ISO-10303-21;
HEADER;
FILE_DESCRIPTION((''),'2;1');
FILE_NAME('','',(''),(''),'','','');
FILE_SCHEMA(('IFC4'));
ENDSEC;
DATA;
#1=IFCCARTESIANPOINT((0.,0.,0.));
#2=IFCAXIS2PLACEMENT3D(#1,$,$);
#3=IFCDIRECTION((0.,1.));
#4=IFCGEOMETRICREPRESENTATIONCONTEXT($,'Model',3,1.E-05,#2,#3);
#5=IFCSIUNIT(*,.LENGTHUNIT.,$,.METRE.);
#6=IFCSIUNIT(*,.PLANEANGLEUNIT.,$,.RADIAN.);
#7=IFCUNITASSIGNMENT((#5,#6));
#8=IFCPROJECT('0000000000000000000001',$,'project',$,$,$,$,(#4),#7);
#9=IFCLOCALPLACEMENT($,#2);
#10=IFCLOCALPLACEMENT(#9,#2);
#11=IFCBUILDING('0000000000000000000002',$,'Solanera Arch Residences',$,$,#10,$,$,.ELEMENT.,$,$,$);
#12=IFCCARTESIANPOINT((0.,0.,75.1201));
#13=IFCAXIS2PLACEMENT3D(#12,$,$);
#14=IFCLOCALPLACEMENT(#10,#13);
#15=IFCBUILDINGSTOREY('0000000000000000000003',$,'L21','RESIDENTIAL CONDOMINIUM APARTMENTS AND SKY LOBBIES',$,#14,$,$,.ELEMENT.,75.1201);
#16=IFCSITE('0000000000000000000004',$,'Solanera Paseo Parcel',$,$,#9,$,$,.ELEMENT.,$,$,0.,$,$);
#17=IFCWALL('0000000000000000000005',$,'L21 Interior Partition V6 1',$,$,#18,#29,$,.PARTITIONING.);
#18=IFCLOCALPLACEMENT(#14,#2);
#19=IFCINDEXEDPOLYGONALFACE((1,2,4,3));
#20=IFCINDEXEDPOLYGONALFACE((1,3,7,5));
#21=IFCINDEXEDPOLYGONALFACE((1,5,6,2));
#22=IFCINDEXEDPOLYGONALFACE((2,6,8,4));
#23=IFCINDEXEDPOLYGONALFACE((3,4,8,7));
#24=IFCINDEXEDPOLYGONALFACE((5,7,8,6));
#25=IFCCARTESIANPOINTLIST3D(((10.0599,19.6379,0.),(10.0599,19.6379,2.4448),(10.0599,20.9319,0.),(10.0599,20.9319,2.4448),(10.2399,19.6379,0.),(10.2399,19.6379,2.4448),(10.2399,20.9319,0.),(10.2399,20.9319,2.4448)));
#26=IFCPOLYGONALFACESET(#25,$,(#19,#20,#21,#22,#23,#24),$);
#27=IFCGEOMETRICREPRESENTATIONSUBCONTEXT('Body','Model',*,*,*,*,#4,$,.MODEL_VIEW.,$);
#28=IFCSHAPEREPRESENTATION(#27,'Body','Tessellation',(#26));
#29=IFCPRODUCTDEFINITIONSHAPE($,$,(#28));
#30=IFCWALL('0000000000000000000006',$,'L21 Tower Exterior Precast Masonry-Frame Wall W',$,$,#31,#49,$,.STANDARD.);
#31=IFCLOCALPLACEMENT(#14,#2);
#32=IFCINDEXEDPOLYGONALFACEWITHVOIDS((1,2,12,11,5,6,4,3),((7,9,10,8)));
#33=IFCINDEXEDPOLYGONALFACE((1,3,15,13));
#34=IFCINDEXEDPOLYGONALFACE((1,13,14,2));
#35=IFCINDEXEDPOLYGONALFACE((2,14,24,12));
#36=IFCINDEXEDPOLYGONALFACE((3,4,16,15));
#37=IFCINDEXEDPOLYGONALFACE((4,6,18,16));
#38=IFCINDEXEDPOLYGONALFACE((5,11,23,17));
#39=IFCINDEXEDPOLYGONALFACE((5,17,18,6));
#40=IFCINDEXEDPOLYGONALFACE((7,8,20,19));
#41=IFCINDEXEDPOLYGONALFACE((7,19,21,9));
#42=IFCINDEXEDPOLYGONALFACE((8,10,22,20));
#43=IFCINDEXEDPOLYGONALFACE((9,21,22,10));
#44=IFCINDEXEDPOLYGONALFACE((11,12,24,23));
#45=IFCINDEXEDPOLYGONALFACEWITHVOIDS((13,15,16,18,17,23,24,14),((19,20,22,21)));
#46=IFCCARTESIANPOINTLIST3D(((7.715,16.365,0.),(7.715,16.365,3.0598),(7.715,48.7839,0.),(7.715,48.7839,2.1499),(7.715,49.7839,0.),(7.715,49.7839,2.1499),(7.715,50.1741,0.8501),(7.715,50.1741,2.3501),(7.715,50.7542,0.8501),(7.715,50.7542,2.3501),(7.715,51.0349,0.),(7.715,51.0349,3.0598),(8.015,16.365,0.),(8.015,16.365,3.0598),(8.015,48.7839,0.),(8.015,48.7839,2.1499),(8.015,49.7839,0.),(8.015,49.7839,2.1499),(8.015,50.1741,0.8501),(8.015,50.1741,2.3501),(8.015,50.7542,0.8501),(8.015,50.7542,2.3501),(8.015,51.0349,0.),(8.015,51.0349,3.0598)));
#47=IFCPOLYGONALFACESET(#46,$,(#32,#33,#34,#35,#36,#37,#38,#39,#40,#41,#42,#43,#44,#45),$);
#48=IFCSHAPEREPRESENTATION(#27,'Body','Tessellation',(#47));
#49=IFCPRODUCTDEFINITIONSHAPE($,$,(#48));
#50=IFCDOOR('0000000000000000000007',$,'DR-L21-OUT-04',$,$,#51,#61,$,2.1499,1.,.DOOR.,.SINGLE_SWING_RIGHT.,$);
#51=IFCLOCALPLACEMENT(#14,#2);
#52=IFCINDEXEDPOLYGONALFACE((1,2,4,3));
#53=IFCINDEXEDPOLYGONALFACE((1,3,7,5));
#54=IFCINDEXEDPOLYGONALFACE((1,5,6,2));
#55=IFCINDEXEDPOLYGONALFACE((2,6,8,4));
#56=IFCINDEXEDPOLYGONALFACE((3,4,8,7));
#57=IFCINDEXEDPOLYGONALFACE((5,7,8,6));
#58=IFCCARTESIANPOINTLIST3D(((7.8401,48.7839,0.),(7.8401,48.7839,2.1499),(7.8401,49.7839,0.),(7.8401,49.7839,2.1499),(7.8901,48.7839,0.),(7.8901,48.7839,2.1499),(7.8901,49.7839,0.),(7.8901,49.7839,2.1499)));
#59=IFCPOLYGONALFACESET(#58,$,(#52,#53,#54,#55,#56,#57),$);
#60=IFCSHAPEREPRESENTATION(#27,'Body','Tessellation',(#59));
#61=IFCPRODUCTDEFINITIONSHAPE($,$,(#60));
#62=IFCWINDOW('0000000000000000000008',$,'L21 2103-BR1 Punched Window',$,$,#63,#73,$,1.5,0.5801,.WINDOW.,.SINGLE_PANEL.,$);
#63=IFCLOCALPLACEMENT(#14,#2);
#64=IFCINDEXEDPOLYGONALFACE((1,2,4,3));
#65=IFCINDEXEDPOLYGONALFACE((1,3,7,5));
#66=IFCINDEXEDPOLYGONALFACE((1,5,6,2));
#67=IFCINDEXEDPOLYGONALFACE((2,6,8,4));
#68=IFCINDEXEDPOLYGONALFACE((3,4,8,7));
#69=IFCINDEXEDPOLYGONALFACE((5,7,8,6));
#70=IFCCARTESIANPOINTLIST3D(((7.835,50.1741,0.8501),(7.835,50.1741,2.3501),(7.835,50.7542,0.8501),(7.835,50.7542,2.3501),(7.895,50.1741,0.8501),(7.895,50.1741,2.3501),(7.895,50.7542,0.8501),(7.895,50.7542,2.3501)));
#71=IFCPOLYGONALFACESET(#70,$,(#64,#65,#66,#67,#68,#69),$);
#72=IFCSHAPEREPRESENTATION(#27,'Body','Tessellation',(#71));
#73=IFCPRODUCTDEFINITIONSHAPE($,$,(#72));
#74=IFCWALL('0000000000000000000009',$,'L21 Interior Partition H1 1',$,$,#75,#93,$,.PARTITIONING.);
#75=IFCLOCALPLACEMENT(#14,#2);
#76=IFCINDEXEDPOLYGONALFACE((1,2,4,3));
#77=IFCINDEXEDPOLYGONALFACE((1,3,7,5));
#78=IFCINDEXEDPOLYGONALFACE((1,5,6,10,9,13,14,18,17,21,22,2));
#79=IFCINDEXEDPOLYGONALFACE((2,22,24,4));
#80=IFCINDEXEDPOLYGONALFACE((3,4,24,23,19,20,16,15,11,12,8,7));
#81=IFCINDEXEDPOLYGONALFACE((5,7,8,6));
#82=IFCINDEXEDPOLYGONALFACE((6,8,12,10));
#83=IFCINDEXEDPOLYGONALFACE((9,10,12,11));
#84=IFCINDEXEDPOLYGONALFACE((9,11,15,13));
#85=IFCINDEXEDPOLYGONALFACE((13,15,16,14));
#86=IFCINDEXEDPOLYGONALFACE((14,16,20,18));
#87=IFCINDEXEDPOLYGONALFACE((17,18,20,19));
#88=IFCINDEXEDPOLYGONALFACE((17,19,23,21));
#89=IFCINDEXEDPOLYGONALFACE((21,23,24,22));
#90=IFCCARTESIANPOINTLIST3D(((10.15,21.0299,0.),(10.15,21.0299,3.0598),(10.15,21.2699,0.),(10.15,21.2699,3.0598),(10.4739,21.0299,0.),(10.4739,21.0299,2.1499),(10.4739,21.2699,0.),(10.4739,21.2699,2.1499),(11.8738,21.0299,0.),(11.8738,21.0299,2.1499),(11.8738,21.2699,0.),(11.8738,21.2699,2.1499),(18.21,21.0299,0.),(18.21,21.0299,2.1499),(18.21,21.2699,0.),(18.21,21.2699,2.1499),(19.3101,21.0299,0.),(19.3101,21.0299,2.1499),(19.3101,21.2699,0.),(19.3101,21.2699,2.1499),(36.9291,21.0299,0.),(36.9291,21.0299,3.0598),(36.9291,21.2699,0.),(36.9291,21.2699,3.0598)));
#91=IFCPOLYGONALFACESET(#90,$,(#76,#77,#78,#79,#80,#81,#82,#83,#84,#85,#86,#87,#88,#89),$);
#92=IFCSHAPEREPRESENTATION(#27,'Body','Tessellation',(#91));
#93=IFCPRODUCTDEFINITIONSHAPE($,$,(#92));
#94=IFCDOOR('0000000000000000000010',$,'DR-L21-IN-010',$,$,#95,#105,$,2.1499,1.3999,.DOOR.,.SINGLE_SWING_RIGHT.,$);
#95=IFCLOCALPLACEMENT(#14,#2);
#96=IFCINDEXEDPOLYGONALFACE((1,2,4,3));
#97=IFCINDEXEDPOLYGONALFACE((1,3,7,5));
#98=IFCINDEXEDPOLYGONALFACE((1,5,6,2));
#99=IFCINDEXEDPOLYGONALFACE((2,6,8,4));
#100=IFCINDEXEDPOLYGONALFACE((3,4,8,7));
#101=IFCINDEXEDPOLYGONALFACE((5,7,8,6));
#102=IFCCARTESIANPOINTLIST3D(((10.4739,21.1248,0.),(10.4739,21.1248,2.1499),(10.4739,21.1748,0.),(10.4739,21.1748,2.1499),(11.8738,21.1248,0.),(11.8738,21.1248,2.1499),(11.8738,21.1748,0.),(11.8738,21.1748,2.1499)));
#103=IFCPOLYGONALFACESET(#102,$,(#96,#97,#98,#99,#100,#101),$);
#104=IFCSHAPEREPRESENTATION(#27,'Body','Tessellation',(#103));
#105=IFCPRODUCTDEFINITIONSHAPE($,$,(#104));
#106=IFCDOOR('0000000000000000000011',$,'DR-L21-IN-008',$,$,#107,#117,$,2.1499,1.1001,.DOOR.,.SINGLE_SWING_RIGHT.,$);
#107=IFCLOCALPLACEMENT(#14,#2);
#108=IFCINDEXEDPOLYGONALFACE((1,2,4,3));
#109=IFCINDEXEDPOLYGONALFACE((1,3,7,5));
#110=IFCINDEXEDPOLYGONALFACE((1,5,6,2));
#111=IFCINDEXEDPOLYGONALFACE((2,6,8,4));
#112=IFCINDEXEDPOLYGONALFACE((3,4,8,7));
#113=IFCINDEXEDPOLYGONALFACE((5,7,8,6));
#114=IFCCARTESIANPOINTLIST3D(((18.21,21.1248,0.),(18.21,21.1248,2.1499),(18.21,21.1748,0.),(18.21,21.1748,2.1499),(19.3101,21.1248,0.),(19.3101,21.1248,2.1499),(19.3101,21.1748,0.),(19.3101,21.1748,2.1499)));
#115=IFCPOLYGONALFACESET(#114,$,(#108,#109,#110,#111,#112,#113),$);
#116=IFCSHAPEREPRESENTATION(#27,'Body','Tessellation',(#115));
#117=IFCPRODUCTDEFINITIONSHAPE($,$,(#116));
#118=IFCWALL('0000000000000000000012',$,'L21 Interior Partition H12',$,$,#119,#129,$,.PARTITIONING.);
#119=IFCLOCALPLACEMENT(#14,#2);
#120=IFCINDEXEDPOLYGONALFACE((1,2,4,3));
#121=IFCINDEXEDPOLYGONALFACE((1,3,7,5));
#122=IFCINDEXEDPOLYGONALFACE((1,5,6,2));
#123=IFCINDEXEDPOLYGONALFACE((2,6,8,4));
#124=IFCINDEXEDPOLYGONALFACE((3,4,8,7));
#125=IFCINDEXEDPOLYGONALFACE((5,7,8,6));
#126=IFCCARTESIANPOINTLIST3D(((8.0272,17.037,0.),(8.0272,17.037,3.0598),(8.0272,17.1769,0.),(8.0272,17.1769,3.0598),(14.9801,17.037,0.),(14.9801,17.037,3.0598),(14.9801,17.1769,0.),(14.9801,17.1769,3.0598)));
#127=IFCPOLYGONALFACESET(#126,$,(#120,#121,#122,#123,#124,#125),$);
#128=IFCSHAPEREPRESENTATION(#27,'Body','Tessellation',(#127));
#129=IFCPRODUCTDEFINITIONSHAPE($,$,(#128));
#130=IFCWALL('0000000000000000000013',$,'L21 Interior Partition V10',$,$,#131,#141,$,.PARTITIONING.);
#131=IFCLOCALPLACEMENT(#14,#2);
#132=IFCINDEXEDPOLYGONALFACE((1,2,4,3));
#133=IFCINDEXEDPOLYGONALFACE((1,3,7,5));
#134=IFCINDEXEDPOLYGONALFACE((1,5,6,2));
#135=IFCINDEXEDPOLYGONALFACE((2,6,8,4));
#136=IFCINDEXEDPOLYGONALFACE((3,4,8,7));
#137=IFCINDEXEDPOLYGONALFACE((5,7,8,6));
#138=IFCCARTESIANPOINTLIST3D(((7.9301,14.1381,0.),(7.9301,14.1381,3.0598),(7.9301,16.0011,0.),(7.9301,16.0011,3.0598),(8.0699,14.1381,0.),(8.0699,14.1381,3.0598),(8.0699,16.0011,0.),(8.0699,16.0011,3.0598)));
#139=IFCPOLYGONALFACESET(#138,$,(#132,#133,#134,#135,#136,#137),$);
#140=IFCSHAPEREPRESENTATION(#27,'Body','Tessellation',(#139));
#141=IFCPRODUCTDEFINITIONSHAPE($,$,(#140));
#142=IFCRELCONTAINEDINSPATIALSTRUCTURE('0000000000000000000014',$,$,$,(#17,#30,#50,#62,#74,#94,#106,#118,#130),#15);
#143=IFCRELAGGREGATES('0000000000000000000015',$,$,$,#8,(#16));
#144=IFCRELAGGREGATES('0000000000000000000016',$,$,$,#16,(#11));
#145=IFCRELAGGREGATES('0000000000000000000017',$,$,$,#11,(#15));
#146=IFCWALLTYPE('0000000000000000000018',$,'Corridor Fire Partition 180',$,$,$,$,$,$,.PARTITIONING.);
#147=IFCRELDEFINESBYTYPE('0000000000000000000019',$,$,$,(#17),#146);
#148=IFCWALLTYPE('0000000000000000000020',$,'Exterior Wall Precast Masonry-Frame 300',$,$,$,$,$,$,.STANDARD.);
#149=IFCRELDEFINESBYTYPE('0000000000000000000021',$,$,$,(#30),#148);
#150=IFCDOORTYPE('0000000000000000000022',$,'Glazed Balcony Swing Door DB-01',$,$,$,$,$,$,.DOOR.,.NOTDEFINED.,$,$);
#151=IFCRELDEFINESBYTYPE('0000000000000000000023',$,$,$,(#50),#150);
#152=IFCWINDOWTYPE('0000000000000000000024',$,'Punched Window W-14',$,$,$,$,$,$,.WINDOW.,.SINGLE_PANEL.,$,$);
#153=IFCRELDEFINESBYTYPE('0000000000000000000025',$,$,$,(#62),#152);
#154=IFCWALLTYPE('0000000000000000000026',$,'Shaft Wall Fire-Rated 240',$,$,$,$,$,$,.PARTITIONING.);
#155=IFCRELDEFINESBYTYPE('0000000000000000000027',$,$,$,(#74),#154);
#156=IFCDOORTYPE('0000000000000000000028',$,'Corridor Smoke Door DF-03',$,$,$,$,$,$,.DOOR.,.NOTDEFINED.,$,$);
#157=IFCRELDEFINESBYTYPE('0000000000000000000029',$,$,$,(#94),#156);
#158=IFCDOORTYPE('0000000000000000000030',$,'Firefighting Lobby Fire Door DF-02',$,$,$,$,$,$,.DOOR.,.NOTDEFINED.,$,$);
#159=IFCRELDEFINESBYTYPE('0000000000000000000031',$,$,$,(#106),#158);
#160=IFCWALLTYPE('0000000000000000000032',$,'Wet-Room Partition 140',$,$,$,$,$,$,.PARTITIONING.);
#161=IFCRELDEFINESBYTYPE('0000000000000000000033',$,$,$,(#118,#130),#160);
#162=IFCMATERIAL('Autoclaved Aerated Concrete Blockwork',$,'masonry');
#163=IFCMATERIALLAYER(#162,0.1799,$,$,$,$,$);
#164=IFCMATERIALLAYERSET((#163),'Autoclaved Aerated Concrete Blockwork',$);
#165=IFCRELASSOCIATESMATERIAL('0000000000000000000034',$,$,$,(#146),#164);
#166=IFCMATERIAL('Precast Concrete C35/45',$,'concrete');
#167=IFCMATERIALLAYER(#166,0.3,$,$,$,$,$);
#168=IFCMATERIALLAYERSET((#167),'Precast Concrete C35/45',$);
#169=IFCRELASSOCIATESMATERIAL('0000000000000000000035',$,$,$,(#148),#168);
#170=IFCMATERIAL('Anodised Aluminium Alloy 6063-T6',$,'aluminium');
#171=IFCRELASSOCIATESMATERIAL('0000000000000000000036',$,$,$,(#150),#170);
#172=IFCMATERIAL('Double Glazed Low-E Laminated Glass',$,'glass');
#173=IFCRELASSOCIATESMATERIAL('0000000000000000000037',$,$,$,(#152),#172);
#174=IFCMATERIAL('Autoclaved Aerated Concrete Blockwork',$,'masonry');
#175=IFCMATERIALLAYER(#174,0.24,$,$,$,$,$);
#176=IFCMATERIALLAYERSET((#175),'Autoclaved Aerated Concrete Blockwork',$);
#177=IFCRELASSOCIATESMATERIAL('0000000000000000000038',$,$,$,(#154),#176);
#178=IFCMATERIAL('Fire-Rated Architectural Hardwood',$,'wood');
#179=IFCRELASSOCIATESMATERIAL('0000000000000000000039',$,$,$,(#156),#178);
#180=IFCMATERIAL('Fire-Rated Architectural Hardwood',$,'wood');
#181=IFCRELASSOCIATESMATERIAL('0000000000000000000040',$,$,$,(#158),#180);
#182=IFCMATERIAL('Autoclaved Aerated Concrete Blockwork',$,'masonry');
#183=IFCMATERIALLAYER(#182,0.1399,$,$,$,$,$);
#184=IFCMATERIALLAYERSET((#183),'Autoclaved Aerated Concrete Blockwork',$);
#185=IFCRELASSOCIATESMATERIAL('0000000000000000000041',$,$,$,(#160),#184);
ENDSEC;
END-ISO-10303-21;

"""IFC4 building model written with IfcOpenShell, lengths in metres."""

from ifc_helpers import new_model, si_unit, direction, frame, frame_2d, origin, place, context, subcontext, project, spatial, rectangle, extrude, material, layer, layer_set, type_object, element, fill, save


model = new_model("IFC4")

# Units and contexts
model_context = context("Model", 3, precision=1e-05, world=origin(), true_north=direction((0.0, 1.0)))
body_context = subcontext(model_context, "Body", "Model", "MODEL_VIEW")
ifc_project = project(units=[si_unit("LENGTHUNIT", "METRE"), si_unit("PLANEANGLEUNIT", "RADIAN")], contexts=[model_context])

# Site, building, storey
site_placement = place(None, origin())
site = spatial("IfcSite", under=ifc_project, at=site_placement, Name="Solanera Paseo Parcel", CompositionType="ELEMENT", RefElevation=0.0)
building_placement = place(site_placement, origin())
building = spatial("IfcBuilding", under=site, at=building_placement, Name="Solanera Arch Residences", CompositionType="ELEMENT")
storey_placement = place(building_placement, frame((0.0, 0.0, 75.1201)))
storey = spatial("IfcBuildingStorey", under=building, at=storey_placement, Name="L21", Description="RESIDENTIAL CONDOMINIUM APARTMENTS AND SKY LOBBIES", CompositionType="ELEMENT", Elevation=75.1201)

# Shared definitions
ifc_material_1 = material(Name="Autoclaved Aerated Concrete Blockwork", Category="masonry")
ifc_layer_1 = layer(ifc_material_1, 0.1799)
ifc_layer_set_1 = layer_set([ifc_layer_1], Name="Autoclaved Aerated Concrete Blockwork")
wall_type_1 = type_object("IfcWallType", Name="Corridor Fire Partition 180", PredefinedType="PARTITIONING", material=ifc_layer_set_1)

# Wall
wall_1_placement = place(storey_placement, frame((10.1499, 19.6379, 0.0), z_axis=(0.0, 0.0, 1.0), x_axis=(0.0, 1.0, 0.0)))
element("IfcWall", 1, at=wall_1_placement, inside=storey, type_object=wall_type_1, Name="L21 Interior Partition V6 1", PredefinedType="PARTITIONING", context=body_context, shape_type="SweptSolid", body=[
    extrude(rectangle(XDim=1.2939, YDim=0.1799, at=frame_2d((0.647, 0.0))), origin(), (0.0, 0.0, 1.0), 2.4448),
])

# Wall, openings, door, window
ifc_material_2 = material(Name="Precast Concrete C35/45", Category="concrete")
ifc_layer_2 = layer(ifc_material_2, 0.3)
ifc_layer_set_2 = layer_set([ifc_layer_2], Name="Precast Concrete C35/45")
wall_type_2 = type_object("IfcWallType", Name="Exterior Wall Precast Masonry-Frame 300", PredefinedType="STANDARD", material=ifc_layer_set_2)
wall_2_placement = place(storey_placement, frame((7.865, 16.365, 0.0), z_axis=(0.0, 0.0, 1.0), x_axis=(0.0, 1.0, 0.0)))
wall_2 = element("IfcWall", 2, at=wall_2_placement, inside=storey, type_object=wall_type_2, Name="L21 Tower Exterior Precast Masonry-Frame Wall W", PredefinedType="STANDARD", context=body_context, shape_type="SweptSolid", body=[
    extrude(rectangle(XDim=34.6699, YDim=0.3, at=frame_2d((17.335, 0.0))), origin(), (0.0, 0.0, 1.0), 3.0598),
])
opening_1_placement = place(wall_2_placement, frame((32.4189, 0.0, 0.0)))
opening_1 = element("IfcOpeningElement", 3, at=opening_1_placement, cuts=wall_2, PredefinedType="OPENING", context=body_context, shape_type="SweptSolid", body=[
    extrude(rectangle(XDim=1.0, YDim=2.1499, at=frame_2d((0.5, 1.075))), frame((0.0, 0.1599, 0.0), z_axis=(0.0, -1.0, 0.0), x_axis=(1.0, 0.0, 0.0)), (0.0, 0.0, 1.0), 0.32),
])
opening_2_placement = place(wall_2_placement, frame((33.8091, 0.0, 0.8501)))
opening_2 = element("IfcOpeningElement", 4, at=opening_2_placement, cuts=wall_2, PredefinedType="OPENING", context=body_context, shape_type="SweptSolid", body=[
    extrude(rectangle(XDim=0.5801, YDim=1.5, at=frame_2d((0.29, 0.75))), frame((0.0, 0.1599, 0.0), z_axis=(0.0, -1.0, 0.0), x_axis=(1.0, 0.0, 0.0)), (0.0, 0.0, 1.0), 0.32),
])
ifc_material_3 = material(Name="Anodised Aluminium Alloy 6063-T6", Category="aluminium")
door_type_1 = type_object("IfcDoorType", Name="Glazed Balcony Swing Door DB-01", OperationType="NOTDEFINED", PredefinedType="DOOR", material=ifc_material_3)
door_1_placement = place(opening_1_placement, origin())
door_1 = element("IfcDoor", 5, at=door_1_placement, inside=storey, type_object=door_type_1, Name="DR-L21-OUT-04", OperationType="SINGLE_SWING_RIGHT", OverallHeight=2.1499, OverallWidth=1.0, PredefinedType="DOOR", context=body_context, shape_type="SweptSolid", body=[
    extrude(rectangle(XDim=1.0, YDim=2.1499, at=frame_2d((0.5, 1.075))), frame((0.0, 0.0249, 0.0), z_axis=(0.0, -1.0, 0.0), x_axis=(1.0, 0.0, 0.0)), (0.0, 0.0, 1.0), 0.05),
])
fill(opening_1, door_1)
ifc_material_4 = material(Name="Double Glazed Low-E Laminated Glass", Category="glass")
window_type = type_object("IfcWindowType", Name="Punched Window W-14", PartitioningType="SINGLE_PANEL", PredefinedType="WINDOW", material=ifc_material_4)
window_placement = place(opening_2_placement, origin())
window = element("IfcWindow", 6, at=window_placement, inside=storey, type_object=window_type, Name="L21 2103-BR1 Punched Window", OverallHeight=1.5, OverallWidth=0.5801, PartitioningType="SINGLE_PANEL", PredefinedType="WINDOW", context=body_context, shape_type="SweptSolid", body=[
    extrude(rectangle(XDim=0.5801, YDim=1.5, at=frame_2d((0.29, 0.75))), frame((0.0, 0.03, 0.0), z_axis=(0.0, -1.0, 0.0), x_axis=(1.0, 0.0, 0.0)), (0.0, 0.0, 1.0), 0.0601),
])
fill(opening_2, window)

# Wall, openings, doors
ifc_material_5 = material(Name="Autoclaved Aerated Concrete Blockwork", Category="masonry")
ifc_layer_3 = layer(ifc_material_5, 0.24)
ifc_layer_set_3 = layer_set([ifc_layer_3], Name="Autoclaved Aerated Concrete Blockwork")
wall_type_3 = type_object("IfcWallType", Name="Shaft Wall Fire-Rated 240", PredefinedType="PARTITIONING", material=ifc_layer_set_3)
wall_3_placement = place(storey_placement, frame((10.1499, 21.1499, 0.0), z_axis=(0.0, 0.0, 1.0), x_axis=(1.0, 0.0, 0.0)))
wall_3 = element("IfcWall", 7, at=wall_3_placement, inside=storey, type_object=wall_type_3, Name="L21 Interior Partition H1 1", PredefinedType="PARTITIONING", context=body_context, shape_type="SweptSolid", body=[
    extrude(rectangle(XDim=26.7791, YDim=0.24, at=frame_2d((13.3896, 0.0))), origin(), (0.0, 0.0, 1.0), 3.0598),
])
opening_3_placement = place(wall_3_placement, frame((8.0601, 0.0, 0.0)))
opening_3 = element("IfcOpeningElement", 8, at=opening_3_placement, cuts=wall_3, PredefinedType="OPENING", context=body_context, shape_type="SweptSolid", body=[
    extrude(rectangle(XDim=1.1001, YDim=2.1499, at=frame_2d((0.55, 1.075))), frame((0.0, 0.1299, 0.0), z_axis=(0.0, -1.0, 0.0), x_axis=(1.0, 0.0, 0.0)), (0.0, 0.0, 1.0), 0.26),
])
opening_4_placement = place(wall_3_placement, frame((0.324, 0.0, 0.0)))
opening_4 = element("IfcOpeningElement", 9, at=opening_4_placement, cuts=wall_3, PredefinedType="OPENING", context=body_context, shape_type="SweptSolid", body=[
    extrude(rectangle(XDim=1.3999, YDim=2.1499, at=frame_2d((0.7, 1.075))), frame((0.0, 0.1299, 0.0), z_axis=(0.0, -1.0, 0.0), x_axis=(1.0, 0.0, 0.0)), (0.0, 0.0, 1.0), 0.26),
])
ifc_material_6 = material(Name="Fire-Rated Architectural Hardwood", Category="wood")
door_type_2 = type_object("IfcDoorType", Name="Corridor Smoke Door DF-03", OperationType="NOTDEFINED", PredefinedType="DOOR", material=ifc_material_6)
door_2_placement = place(opening_4_placement, origin())
door_2 = element("IfcDoor", 10, at=door_2_placement, inside=storey, type_object=door_type_2, Name="DR-L21-IN-010", OperationType="SINGLE_SWING_RIGHT", OverallHeight=2.1499, OverallWidth=1.3999, PredefinedType="DOOR", context=body_context, shape_type="SweptSolid", body=[
    extrude(rectangle(XDim=1.3999, YDim=2.1499, at=frame_2d((0.7, 1.075))), frame((0.0, 0.0249, 0.0), z_axis=(0.0, -1.0, 0.0), x_axis=(1.0, 0.0, 0.0)), (0.0, 0.0, 1.0), 0.05),
])
fill(opening_4, door_2)
ifc_material_7 = material(Name="Fire-Rated Architectural Hardwood", Category="wood")
door_type_3 = type_object("IfcDoorType", Name="Firefighting Lobby Fire Door DF-02", OperationType="NOTDEFINED", PredefinedType="DOOR", material=ifc_material_7)
door_3_placement = place(opening_3_placement, origin())
door_3 = element("IfcDoor", 11, at=door_3_placement, inside=storey, type_object=door_type_3, Name="DR-L21-IN-008", OperationType="SINGLE_SWING_RIGHT", OverallHeight=2.1499, OverallWidth=1.1001, PredefinedType="DOOR", context=body_context, shape_type="SweptSolid", body=[
    extrude(rectangle(XDim=1.1001, YDim=2.1499, at=frame_2d((0.55, 1.075))), frame((0.0, 0.0249, 0.0), z_axis=(0.0, -1.0, 0.0), x_axis=(1.0, 0.0, 0.0)), (0.0, 0.0, 1.0), 0.05),
])
fill(opening_3, door_3)

# Walls
ifc_material_8 = material(Name="Autoclaved Aerated Concrete Blockwork", Category="masonry")
ifc_layer_4 = layer(ifc_material_8, 0.1399)
ifc_layer_set_4 = layer_set([ifc_layer_4], Name="Autoclaved Aerated Concrete Blockwork")
wall_type_4 = type_object("IfcWallType", Name="Wet-Room Partition 140", PredefinedType="PARTITIONING", material=ifc_layer_set_4)
wall_4_placement = place(storey_placement, frame((8.0271, 17.1069, 0.0), z_axis=(0.0, 0.0, 1.0), x_axis=(1.0, 0.0, 0.0)))
element("IfcWall", 12, at=wall_4_placement, inside=storey, type_object=wall_type_4, Name="L21 Interior Partition H12", PredefinedType="PARTITIONING", context=body_context, shape_type="SweptSolid", body=[
    extrude(rectangle(XDim=6.9529, YDim=0.1399, at=frame_2d((3.4766, 0.0))), origin(), (0.0, 0.0, 1.0), 3.0598),
])
wall_5_placement = place(storey_placement, frame((8.0, 14.1379, 0.0), z_axis=(0.0, 0.0, 1.0), x_axis=(0.0, 1.0, 0.0)))
element("IfcWall", 13, at=wall_5_placement, inside=storey, type_object=wall_type_4, Name="L21 Interior Partition V10", PredefinedType="PARTITIONING", context=body_context, shape_type="SweptSolid", body=[
    extrude(rectangle(XDim=1.863, YDim=0.1399, at=frame_2d((0.9316, 0.0))), origin(), (0.0, 0.0, 1.0), 3.0598),
])

save(model, "model.ifc")
